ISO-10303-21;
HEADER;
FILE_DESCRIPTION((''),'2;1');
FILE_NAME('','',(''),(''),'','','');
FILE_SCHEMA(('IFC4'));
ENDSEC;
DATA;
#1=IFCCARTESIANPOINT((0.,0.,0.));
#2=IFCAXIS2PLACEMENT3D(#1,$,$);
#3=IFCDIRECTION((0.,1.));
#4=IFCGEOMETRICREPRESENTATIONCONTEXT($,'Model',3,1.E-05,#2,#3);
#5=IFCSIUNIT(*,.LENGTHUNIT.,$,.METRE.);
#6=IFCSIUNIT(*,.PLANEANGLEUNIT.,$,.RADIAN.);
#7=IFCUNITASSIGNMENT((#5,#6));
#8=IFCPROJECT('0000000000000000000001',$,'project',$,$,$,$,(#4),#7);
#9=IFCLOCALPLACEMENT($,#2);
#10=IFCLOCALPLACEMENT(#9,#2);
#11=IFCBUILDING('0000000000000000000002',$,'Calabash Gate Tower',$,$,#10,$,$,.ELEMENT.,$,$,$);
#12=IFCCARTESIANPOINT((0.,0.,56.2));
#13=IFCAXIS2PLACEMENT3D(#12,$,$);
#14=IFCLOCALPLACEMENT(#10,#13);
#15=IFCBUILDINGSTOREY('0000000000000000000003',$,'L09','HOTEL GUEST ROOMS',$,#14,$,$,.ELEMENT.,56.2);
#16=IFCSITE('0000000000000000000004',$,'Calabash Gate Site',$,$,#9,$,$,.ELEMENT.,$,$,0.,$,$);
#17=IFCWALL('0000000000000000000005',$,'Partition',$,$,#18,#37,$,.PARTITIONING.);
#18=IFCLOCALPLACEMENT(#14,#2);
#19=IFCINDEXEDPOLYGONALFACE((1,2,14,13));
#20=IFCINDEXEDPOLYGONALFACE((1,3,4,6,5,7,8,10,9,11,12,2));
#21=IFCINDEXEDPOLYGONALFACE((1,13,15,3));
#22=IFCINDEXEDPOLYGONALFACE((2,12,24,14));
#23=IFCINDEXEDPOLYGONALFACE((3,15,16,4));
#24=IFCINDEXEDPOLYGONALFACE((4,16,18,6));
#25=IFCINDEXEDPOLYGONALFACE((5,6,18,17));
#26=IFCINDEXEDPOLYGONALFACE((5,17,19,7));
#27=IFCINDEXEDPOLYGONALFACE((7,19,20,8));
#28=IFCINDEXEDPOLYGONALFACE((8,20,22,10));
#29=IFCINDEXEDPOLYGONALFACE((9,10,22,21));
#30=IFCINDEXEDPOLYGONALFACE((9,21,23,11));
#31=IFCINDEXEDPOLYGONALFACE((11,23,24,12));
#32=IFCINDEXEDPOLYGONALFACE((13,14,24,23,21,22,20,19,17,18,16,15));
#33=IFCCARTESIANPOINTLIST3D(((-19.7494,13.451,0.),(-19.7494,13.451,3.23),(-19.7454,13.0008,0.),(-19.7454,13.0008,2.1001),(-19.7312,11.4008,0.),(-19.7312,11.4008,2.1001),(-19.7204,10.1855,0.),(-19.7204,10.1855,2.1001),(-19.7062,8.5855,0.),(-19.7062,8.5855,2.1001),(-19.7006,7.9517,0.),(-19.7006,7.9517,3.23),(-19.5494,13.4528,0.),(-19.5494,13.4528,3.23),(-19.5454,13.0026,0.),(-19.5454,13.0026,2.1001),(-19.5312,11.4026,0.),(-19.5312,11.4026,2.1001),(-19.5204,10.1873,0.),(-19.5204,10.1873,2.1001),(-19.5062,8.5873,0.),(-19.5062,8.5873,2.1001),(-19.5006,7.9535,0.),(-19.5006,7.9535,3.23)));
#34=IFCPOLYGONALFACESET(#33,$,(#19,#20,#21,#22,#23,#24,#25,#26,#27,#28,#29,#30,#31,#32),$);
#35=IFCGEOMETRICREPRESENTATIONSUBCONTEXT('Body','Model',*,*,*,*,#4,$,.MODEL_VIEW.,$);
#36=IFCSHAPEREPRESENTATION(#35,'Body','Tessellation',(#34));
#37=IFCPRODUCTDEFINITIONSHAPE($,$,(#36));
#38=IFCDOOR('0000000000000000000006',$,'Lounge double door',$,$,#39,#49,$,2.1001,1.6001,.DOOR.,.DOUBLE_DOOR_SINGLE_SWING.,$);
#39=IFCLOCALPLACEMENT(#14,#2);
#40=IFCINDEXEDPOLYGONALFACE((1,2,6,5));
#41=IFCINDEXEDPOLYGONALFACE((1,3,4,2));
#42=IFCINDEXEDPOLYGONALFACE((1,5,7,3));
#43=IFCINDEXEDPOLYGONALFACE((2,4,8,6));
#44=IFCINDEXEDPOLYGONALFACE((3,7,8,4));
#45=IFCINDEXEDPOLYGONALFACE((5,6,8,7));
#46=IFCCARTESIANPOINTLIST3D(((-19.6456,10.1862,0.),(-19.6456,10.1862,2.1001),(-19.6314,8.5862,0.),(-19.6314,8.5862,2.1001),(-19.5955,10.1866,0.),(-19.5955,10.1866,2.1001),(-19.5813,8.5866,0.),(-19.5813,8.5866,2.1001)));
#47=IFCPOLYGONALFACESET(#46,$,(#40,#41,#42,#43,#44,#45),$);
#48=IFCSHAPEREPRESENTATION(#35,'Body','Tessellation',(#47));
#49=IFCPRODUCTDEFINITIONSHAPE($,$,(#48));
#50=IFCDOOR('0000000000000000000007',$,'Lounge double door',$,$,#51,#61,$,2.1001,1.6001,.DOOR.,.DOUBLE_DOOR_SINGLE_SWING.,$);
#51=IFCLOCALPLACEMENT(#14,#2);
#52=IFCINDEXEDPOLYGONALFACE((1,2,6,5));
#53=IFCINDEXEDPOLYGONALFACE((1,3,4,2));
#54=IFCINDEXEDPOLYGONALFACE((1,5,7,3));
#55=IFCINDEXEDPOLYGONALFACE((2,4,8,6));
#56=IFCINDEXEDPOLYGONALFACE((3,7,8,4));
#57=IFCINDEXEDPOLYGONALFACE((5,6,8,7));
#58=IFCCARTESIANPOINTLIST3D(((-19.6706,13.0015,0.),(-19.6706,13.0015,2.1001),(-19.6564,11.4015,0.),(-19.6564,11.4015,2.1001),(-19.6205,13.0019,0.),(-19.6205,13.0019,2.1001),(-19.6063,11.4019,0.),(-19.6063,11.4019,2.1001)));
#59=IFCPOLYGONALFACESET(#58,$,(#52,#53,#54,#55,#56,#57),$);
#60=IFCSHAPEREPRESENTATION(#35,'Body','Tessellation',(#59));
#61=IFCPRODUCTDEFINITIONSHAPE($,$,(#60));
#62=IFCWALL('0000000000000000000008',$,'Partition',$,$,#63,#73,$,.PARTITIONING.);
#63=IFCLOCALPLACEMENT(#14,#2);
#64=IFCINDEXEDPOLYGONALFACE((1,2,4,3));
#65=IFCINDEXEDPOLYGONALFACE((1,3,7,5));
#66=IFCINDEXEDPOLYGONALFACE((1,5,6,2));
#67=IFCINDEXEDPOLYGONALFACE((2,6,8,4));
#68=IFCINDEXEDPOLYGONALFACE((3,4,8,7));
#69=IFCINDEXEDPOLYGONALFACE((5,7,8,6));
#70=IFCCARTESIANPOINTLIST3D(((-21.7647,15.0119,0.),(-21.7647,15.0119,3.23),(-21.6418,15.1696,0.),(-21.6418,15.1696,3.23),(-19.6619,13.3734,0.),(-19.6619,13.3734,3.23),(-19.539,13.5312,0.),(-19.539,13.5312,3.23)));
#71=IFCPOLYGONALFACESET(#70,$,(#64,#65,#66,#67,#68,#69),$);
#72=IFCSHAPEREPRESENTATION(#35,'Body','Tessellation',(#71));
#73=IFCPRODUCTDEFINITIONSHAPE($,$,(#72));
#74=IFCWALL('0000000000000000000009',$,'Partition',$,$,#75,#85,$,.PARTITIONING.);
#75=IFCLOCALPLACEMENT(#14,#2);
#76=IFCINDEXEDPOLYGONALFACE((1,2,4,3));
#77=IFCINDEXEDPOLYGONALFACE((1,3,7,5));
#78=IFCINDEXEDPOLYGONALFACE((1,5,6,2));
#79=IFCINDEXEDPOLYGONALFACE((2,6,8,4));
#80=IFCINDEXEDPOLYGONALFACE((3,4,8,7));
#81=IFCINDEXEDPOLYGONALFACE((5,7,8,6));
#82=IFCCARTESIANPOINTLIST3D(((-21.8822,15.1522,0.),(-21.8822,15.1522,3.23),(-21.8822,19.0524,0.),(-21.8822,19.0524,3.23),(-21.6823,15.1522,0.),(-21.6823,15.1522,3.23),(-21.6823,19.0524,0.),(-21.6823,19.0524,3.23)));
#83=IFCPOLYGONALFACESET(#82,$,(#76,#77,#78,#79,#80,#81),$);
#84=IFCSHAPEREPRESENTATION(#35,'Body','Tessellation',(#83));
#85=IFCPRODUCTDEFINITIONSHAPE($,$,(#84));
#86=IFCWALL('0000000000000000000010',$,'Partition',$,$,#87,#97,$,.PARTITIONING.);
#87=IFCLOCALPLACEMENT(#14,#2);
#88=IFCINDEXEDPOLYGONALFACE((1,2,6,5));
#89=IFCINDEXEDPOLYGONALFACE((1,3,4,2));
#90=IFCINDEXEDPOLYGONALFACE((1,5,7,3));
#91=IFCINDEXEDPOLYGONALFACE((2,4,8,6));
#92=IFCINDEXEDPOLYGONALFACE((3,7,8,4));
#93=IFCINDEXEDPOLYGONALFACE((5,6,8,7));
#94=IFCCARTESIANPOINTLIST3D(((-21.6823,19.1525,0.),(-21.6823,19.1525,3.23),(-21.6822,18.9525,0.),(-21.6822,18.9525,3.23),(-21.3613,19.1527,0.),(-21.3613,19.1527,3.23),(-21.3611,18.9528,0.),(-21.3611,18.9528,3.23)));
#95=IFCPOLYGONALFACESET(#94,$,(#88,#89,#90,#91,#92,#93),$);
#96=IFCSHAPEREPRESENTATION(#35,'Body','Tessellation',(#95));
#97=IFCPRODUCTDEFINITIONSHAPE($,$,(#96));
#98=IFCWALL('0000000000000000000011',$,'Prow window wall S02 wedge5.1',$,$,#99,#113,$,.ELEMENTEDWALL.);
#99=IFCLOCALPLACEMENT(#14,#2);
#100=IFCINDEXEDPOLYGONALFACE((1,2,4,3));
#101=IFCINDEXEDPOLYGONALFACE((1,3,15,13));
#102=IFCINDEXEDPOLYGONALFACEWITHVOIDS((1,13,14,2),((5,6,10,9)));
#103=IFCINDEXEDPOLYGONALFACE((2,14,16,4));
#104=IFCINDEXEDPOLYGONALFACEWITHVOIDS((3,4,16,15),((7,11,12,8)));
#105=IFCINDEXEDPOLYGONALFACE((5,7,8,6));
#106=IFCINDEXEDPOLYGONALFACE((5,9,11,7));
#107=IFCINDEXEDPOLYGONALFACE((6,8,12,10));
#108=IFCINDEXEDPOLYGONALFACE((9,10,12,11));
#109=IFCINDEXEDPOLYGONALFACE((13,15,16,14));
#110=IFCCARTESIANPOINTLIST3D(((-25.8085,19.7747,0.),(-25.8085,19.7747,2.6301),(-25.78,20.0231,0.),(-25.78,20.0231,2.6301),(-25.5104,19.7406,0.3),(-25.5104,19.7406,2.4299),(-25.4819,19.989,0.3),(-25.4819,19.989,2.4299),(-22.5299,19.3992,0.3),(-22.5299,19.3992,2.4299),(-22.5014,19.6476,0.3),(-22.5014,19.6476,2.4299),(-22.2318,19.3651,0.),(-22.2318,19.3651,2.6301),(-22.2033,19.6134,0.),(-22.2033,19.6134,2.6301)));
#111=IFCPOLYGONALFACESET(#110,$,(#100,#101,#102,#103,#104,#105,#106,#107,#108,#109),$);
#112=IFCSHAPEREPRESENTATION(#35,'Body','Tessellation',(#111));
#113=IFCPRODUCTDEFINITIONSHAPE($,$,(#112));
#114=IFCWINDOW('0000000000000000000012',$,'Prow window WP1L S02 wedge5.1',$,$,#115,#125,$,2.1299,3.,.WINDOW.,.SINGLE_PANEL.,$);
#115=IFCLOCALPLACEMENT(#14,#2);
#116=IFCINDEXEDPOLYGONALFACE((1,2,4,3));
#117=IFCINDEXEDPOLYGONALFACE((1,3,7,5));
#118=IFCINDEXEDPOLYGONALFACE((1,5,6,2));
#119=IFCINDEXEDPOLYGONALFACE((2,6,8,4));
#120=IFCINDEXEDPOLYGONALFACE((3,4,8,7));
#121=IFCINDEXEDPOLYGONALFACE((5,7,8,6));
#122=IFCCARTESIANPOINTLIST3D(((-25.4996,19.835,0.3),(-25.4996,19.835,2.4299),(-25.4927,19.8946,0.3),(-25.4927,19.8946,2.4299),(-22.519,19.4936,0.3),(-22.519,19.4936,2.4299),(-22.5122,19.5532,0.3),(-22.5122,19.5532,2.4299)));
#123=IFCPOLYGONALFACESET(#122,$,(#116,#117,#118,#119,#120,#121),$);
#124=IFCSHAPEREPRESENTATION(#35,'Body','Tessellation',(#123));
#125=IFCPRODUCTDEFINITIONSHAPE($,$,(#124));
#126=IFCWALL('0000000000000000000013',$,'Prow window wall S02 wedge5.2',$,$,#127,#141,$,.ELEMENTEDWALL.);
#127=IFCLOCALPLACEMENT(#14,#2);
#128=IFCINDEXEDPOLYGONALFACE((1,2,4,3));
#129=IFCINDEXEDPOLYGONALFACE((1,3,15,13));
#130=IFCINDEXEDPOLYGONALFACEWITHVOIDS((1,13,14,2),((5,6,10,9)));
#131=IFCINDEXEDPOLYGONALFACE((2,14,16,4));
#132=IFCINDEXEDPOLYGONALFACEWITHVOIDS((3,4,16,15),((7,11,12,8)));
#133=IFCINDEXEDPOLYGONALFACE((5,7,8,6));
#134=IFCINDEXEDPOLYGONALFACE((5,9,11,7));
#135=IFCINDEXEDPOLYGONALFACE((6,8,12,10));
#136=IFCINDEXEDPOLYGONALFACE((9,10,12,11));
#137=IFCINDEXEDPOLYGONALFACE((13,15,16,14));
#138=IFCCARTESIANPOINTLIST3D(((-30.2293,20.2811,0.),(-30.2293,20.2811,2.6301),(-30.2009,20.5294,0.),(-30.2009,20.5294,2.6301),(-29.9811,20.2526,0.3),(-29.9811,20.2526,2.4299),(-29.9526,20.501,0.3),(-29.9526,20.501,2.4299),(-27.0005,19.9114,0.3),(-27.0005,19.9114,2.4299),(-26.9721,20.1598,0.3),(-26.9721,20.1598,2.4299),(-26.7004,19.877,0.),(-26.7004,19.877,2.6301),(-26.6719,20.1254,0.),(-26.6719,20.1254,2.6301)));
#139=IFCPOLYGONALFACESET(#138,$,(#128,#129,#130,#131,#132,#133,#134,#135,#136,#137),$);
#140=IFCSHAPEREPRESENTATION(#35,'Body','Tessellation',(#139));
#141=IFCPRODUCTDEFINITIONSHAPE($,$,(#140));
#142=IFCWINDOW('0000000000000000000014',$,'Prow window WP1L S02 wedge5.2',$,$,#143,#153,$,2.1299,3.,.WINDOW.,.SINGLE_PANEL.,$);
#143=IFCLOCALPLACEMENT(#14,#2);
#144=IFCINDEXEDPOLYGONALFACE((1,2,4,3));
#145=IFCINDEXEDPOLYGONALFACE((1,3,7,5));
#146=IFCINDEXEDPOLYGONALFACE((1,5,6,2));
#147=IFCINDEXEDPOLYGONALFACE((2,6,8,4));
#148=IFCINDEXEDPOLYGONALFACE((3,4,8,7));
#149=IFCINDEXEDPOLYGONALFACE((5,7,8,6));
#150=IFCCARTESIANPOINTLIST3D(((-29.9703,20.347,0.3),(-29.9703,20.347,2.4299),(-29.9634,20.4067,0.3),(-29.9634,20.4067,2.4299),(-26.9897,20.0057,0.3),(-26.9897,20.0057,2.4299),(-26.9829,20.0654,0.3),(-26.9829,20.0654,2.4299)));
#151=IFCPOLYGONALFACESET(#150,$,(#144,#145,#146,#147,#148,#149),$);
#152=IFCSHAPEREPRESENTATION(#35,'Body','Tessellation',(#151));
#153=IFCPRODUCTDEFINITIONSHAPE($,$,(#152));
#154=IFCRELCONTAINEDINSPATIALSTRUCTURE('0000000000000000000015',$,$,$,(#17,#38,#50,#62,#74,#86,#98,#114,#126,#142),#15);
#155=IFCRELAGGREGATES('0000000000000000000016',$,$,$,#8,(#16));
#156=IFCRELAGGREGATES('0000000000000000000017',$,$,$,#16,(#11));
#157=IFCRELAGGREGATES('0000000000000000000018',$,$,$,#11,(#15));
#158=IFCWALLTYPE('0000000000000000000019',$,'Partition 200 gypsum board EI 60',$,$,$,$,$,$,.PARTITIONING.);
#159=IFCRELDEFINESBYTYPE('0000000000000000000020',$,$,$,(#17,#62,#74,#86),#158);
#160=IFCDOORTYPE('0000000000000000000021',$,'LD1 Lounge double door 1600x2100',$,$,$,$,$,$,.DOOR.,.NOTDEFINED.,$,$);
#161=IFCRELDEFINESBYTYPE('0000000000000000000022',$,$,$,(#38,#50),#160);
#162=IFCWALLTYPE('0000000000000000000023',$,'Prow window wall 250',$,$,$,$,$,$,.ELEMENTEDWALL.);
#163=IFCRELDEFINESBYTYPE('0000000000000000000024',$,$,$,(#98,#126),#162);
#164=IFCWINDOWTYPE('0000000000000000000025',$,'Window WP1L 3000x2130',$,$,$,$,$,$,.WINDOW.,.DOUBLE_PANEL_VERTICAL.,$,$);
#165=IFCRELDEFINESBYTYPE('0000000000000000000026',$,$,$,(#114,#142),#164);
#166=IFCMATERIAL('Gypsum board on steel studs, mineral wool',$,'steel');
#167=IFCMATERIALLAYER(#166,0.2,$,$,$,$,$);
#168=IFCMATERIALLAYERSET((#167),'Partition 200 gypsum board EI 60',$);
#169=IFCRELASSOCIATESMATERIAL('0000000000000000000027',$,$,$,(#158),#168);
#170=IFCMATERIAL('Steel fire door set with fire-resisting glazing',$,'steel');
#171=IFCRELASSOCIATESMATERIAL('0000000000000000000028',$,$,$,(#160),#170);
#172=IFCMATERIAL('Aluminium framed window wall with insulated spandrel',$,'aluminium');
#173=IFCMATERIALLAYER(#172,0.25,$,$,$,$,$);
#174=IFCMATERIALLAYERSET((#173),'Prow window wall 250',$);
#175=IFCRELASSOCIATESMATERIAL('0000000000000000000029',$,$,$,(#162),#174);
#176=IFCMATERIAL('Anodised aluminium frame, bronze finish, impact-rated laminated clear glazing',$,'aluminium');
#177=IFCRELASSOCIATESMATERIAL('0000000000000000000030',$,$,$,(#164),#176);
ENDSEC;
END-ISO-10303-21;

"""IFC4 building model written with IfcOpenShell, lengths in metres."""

from ifc_helpers import new_model, si_unit, direction, frame, frame_2d, origin, place, context, subcontext, project, spatial, rectangle, extrude, material, layer, layer_set, type_object, element, fill, save


model = new_model("IFC4")

# Units and contexts
model_context = context("Model", 3, precision=1e-05, world=origin(), true_north=direction((0.0, 1.0)))
body_context = subcontext(model_context, "Body", "Model", "MODEL_VIEW")
ifc_project = project(units=[si_unit("LENGTHUNIT", "METRE"), si_unit("PLANEANGLEUNIT", "RADIAN")], contexts=[model_context])

# Site, building, storey
site_placement = place(None, origin())
site = spatial("IfcSite", under=ifc_project, at=site_placement, Name="Calabash Gate Site", CompositionType="ELEMENT", RefElevation=0.0)
building_placement = place(site_placement, origin())
building = spatial("IfcBuilding", under=site, at=building_placement, Name="Calabash Gate Tower", CompositionType="ELEMENT")
storey_placement = place(building_placement, frame((0.0, 0.0, 56.2)))
storey = spatial("IfcBuildingStorey", under=building, at=storey_placement, Name="L09", Description="HOTEL GUEST ROOMS", CompositionType="ELEMENT", Elevation=56.2)

# Wall, openings, doors
ifc_material_1 = material(Name="Gypsum board on steel studs, mineral wool", Category="steel")
ifc_layer_1 = layer(ifc_material_1, 0.2)
ifc_layer_set_1 = layer_set([ifc_layer_1], Name="Partition 200 gypsum board EI 60")
wall_type_1 = type_object("IfcWallType", Name="Partition 200 gypsum board EI 60", PredefinedType="PARTITIONING", material=ifc_layer_set_1)
wall_1_placement = place(storey_placement, frame((-19.6494, 13.4519, 0.0), z_axis=(0.0, 0.0, 1.0), x_axis=(0.008879, -0.999961, 0.0)))
wall_1 = element("IfcWall", 1, at=wall_1_placement, inside=storey, type_object=wall_type_1, Name="Partition", PredefinedType="PARTITIONING", context=body_context, shape_type="SweptSolid", body=[
    extrude(rectangle(XDim=5.4995, YDim=0.2, at=frame_2d((2.7498, 0.0))), origin(), (0.0, 0.0, 1.0), 3.23),
])
opening_1_placement = place(wall_1_placement, frame((3.2656, 0.0, 0.0)))
opening_1 = element("IfcOpeningElement", 2, at=opening_1_placement, cuts=wall_1, PredefinedType="OPENING", context=body_context, shape_type="SweptSolid", body=[
    extrude(rectangle(XDim=1.6001, YDim=2.1001, at=frame_2d((0.8, 1.05))), frame((0.0, 0.1099, 0.0), z_axis=(0.0, -1.0, 0.0), x_axis=(1.0, 0.0, 0.0)), (0.0, 0.0, 1.0), 0.22),
])
opening_2_placement = place(wall_1_placement, frame((0.4502, 0.0, 0.0)))
opening_2 = element("IfcOpeningElement", 3, at=opening_2_placement, cuts=wall_1, PredefinedType="OPENING", context=body_context, shape_type="SweptSolid", body=[
    extrude(rectangle(XDim=1.6001, YDim=2.1001, at=frame_2d((0.8, 1.05))), frame((0.0, 0.1099, 0.0), z_axis=(0.0, -1.0, 0.0), x_axis=(1.0, 0.0, 0.0)), (0.0, 0.0, 1.0), 0.22),
])
ifc_material_2 = material(Name="Steel fire door set with fire-resisting glazing", Category="steel")
door_type = type_object("IfcDoorType", Name="LD1 Lounge double door 1600x2100", OperationType="NOTDEFINED", PredefinedType="DOOR", material=ifc_material_2)
door_1_placement = place(opening_1_placement, origin())
door_1 = element("IfcDoor", 4, at=door_1_placement, inside=storey, type_object=door_type, Name="Lounge double door", OperationType="DOUBLE_DOOR_SINGLE_SWING", OverallHeight=2.1001, OverallWidth=1.6001, PredefinedType="DOOR", context=body_context, shape_type="SweptSolid", body=[
    extrude(rectangle(XDim=1.6001, YDim=2.1001, at=frame_2d((0.8, 1.05))), frame((0.0, 0.0249, 0.0), z_axis=(0.0, -1.0, 0.0), x_axis=(1.0, 0.0, 0.0)), (0.0, 0.0, 1.0), 0.05),
])
fill(opening_1, door_1)
door_2_placement = place(opening_2_placement, origin())
door_2 = element("IfcDoor", 5, at=door_2_placement, inside=storey, type_object=door_type, Name="Lounge double door", OperationType="DOUBLE_DOOR_SINGLE_SWING", OverallHeight=2.1001, OverallWidth=1.6001, PredefinedType="DOOR", context=body_context, shape_type="SweptSolid", body=[
    extrude(rectangle(XDim=1.6001, YDim=2.1001, at=frame_2d((0.8, 1.05))), frame((0.0, 0.0249, 0.0), z_axis=(0.0, -1.0, 0.0), x_axis=(1.0, 0.0, 0.0)), (0.0, 0.0, 1.0), 0.05),
])
fill(opening_2, door_2)

# Walls
wall_2_placement = place(storey_placement, frame((-21.7034, 15.0908, 0.0), z_axis=(0.0, 0.0, 1.0), x_axis=(0.788819, -0.614625, 0.0)))
element("IfcWall", 6, at=wall_2_placement, inside=storey, type_object=wall_type_1, Name="Partition", PredefinedType="PARTITIONING", context=body_context, shape_type="SweptSolid", body=[
    extrude(rectangle(XDim=2.6658, YDim=0.2, at=frame_2d((1.333, 0.0))), origin(), (0.0, 0.0, 1.0), 3.23),
])
wall_3_placement = place(storey_placement, frame((-21.7822, 19.0525, 0.0), z_axis=(0.0, 0.0, 1.0), x_axis=(0.0, -1.0, 0.0)))
element("IfcWall", 7, at=wall_3_placement, inside=storey, type_object=wall_type_1, Name="Partition", PredefinedType="PARTITIONING", context=body_context, shape_type="SweptSolid", body=[
    extrude(rectangle(XDim=3.9001, YDim=0.2, at=frame_2d((1.9502, 0.0))), origin(), (0.0, 0.0, 1.0), 3.23),
])
wall_4_placement = place(storey_placement, frame((-21.6824, 19.0525, 0.0), z_axis=(0.0, 0.0, 1.0), x_axis=(1.0, 0.00076, 0.0)))
element("IfcWall", 8, at=wall_4_placement, inside=storey, type_object=wall_type_1, Name="Partition", PredefinedType="PARTITIONING", context=body_context, shape_type="SweptSolid", body=[
    extrude(rectangle(XDim=0.321, YDim=0.2, at=frame_2d((0.1606, 0.0))), origin(), (0.0, 0.0, 1.0), 3.23),
])

# Walls, openings, windows
ifc_material_3 = material(Name="Aluminium framed window wall with insulated spandrel", Category="aluminium")
ifc_layer_2 = layer(ifc_material_3, 0.25)
ifc_layer_set_2 = layer_set([ifc_layer_2], Name="Prow window wall 250")
wall_type_2 = type_object("IfcWallType", Name="Prow window wall 250", PredefinedType="ELEMENTEDWALL", material=ifc_layer_set_2)
wall_5_placement = place(storey_placement, frame((-22.2175, 19.4893, 0.0), z_axis=(0.0, 0.0, 1.0), x_axis=(-0.993504, 0.113795, 0.0)))
wall_5 = element("IfcWall", 9, at=wall_5_placement, inside=storey, type_object=wall_type_2, Name="Prow window wall S02 wedge5.1", PredefinedType="ELEMENTEDWALL", context=body_context, shape_type="SweptSolid", body=[
    extrude(rectangle(XDim=3.6001, YDim=0.25, at=frame_2d((1.8, 0.0))), origin(), (0.0, 0.0, 1.0), 2.6301),
])
opening_3_placement = place(wall_5_placement, frame((0.3, 0.0, 0.3)))
opening_3 = element("IfcOpeningElement", 10, at=opening_3_placement, cuts=wall_5, PredefinedType="OPENING", context=body_context, shape_type="SweptSolid", body=[
    extrude(rectangle(XDim=3.0, YDim=2.1299, at=frame_2d((1.5, 1.0649))), frame((0.0, 0.135, 0.0), z_axis=(0.0, -1.0, 0.0), x_axis=(1.0, 0.0, 0.0)), (0.0, 0.0, 1.0), 0.27),
])
ifc_material_4 = material(Name="Anodised aluminium frame, bronze finish, impact-rated laminated clear glazing", Category="aluminium")
window_type = type_object("IfcWindowType", Name="Window WP1L 3000x2130", PartitioningType="DOUBLE_PANEL_VERTICAL", PredefinedType="WINDOW", material=ifc_material_4)
window_1_placement = place(opening_3_placement, origin())
window_1 = element("IfcWindow", 11, at=window_1_placement, inside=storey, type_object=window_type, Name="Prow window WP1L S02 wedge5.1", OverallHeight=2.1299, OverallWidth=3.0, PartitioningType="SINGLE_PANEL", PredefinedType="WINDOW", context=body_context, shape_type="SweptSolid", body=[
    extrude(rectangle(XDim=3.0, YDim=2.1299, at=frame_2d((1.5, 1.0649))), frame((0.0, 0.03, 0.0), z_axis=(0.0, -1.0, 0.0), x_axis=(1.0, 0.0, 0.0)), (0.0, 0.0, 1.0), 0.0601),
])
fill(opening_3, window_1)
wall_6_placement = place(storey_placement, frame((-26.6863, 20.0012, 0.0), z_axis=(0.0, 0.0, 1.0), x_axis=(-0.993509, 0.11375, 0.0)))
wall_6 = element("IfcWall", 12, at=wall_6_placement, inside=storey, type_object=wall_type_2, Name="Prow window wall S02 wedge5.2", PredefinedType="ELEMENTEDWALL", context=body_context, shape_type="SweptSolid", body=[
    extrude(rectangle(XDim=3.552, YDim=0.25, at=frame_2d((1.7759, 0.0))), origin(), (0.0, 0.0, 1.0), 2.6301),
])
opening_4_placement = place(wall_6_placement, frame((0.302, 0.0, 0.3)))
opening_4 = element("IfcOpeningElement", 13, at=opening_4_placement, cuts=wall_6, PredefinedType="OPENING", context=body_context, shape_type="SweptSolid", body=[
    extrude(rectangle(XDim=3.0, YDim=2.1299, at=frame_2d((1.5, 1.0649))), frame((0.0, 0.135, 0.0), z_axis=(0.0, -1.0, 0.0), x_axis=(1.0, 0.0, 0.0)), (0.0, 0.0, 1.0), 0.27),
])
window_2_placement = place(opening_4_placement, origin())
window_2 = element("IfcWindow", 14, at=window_2_placement, inside=storey, type_object=window_type, Name="Prow window WP1L S02 wedge5.2", OverallHeight=2.1299, OverallWidth=3.0, PartitioningType="SINGLE_PANEL", PredefinedType="WINDOW", context=body_context, shape_type="SweptSolid", body=[
    extrude(rectangle(XDim=3.0, YDim=2.1299, at=frame_2d((1.5, 1.0649))), frame((0.0, 0.03, 0.0), z_axis=(0.0, -1.0, 0.0), x_axis=(1.0, 0.0, 0.0)), (0.0, 0.0, 1.0), 0.0601),
])
fill(opening_4, window_2)

save(model, "model.ifc")
